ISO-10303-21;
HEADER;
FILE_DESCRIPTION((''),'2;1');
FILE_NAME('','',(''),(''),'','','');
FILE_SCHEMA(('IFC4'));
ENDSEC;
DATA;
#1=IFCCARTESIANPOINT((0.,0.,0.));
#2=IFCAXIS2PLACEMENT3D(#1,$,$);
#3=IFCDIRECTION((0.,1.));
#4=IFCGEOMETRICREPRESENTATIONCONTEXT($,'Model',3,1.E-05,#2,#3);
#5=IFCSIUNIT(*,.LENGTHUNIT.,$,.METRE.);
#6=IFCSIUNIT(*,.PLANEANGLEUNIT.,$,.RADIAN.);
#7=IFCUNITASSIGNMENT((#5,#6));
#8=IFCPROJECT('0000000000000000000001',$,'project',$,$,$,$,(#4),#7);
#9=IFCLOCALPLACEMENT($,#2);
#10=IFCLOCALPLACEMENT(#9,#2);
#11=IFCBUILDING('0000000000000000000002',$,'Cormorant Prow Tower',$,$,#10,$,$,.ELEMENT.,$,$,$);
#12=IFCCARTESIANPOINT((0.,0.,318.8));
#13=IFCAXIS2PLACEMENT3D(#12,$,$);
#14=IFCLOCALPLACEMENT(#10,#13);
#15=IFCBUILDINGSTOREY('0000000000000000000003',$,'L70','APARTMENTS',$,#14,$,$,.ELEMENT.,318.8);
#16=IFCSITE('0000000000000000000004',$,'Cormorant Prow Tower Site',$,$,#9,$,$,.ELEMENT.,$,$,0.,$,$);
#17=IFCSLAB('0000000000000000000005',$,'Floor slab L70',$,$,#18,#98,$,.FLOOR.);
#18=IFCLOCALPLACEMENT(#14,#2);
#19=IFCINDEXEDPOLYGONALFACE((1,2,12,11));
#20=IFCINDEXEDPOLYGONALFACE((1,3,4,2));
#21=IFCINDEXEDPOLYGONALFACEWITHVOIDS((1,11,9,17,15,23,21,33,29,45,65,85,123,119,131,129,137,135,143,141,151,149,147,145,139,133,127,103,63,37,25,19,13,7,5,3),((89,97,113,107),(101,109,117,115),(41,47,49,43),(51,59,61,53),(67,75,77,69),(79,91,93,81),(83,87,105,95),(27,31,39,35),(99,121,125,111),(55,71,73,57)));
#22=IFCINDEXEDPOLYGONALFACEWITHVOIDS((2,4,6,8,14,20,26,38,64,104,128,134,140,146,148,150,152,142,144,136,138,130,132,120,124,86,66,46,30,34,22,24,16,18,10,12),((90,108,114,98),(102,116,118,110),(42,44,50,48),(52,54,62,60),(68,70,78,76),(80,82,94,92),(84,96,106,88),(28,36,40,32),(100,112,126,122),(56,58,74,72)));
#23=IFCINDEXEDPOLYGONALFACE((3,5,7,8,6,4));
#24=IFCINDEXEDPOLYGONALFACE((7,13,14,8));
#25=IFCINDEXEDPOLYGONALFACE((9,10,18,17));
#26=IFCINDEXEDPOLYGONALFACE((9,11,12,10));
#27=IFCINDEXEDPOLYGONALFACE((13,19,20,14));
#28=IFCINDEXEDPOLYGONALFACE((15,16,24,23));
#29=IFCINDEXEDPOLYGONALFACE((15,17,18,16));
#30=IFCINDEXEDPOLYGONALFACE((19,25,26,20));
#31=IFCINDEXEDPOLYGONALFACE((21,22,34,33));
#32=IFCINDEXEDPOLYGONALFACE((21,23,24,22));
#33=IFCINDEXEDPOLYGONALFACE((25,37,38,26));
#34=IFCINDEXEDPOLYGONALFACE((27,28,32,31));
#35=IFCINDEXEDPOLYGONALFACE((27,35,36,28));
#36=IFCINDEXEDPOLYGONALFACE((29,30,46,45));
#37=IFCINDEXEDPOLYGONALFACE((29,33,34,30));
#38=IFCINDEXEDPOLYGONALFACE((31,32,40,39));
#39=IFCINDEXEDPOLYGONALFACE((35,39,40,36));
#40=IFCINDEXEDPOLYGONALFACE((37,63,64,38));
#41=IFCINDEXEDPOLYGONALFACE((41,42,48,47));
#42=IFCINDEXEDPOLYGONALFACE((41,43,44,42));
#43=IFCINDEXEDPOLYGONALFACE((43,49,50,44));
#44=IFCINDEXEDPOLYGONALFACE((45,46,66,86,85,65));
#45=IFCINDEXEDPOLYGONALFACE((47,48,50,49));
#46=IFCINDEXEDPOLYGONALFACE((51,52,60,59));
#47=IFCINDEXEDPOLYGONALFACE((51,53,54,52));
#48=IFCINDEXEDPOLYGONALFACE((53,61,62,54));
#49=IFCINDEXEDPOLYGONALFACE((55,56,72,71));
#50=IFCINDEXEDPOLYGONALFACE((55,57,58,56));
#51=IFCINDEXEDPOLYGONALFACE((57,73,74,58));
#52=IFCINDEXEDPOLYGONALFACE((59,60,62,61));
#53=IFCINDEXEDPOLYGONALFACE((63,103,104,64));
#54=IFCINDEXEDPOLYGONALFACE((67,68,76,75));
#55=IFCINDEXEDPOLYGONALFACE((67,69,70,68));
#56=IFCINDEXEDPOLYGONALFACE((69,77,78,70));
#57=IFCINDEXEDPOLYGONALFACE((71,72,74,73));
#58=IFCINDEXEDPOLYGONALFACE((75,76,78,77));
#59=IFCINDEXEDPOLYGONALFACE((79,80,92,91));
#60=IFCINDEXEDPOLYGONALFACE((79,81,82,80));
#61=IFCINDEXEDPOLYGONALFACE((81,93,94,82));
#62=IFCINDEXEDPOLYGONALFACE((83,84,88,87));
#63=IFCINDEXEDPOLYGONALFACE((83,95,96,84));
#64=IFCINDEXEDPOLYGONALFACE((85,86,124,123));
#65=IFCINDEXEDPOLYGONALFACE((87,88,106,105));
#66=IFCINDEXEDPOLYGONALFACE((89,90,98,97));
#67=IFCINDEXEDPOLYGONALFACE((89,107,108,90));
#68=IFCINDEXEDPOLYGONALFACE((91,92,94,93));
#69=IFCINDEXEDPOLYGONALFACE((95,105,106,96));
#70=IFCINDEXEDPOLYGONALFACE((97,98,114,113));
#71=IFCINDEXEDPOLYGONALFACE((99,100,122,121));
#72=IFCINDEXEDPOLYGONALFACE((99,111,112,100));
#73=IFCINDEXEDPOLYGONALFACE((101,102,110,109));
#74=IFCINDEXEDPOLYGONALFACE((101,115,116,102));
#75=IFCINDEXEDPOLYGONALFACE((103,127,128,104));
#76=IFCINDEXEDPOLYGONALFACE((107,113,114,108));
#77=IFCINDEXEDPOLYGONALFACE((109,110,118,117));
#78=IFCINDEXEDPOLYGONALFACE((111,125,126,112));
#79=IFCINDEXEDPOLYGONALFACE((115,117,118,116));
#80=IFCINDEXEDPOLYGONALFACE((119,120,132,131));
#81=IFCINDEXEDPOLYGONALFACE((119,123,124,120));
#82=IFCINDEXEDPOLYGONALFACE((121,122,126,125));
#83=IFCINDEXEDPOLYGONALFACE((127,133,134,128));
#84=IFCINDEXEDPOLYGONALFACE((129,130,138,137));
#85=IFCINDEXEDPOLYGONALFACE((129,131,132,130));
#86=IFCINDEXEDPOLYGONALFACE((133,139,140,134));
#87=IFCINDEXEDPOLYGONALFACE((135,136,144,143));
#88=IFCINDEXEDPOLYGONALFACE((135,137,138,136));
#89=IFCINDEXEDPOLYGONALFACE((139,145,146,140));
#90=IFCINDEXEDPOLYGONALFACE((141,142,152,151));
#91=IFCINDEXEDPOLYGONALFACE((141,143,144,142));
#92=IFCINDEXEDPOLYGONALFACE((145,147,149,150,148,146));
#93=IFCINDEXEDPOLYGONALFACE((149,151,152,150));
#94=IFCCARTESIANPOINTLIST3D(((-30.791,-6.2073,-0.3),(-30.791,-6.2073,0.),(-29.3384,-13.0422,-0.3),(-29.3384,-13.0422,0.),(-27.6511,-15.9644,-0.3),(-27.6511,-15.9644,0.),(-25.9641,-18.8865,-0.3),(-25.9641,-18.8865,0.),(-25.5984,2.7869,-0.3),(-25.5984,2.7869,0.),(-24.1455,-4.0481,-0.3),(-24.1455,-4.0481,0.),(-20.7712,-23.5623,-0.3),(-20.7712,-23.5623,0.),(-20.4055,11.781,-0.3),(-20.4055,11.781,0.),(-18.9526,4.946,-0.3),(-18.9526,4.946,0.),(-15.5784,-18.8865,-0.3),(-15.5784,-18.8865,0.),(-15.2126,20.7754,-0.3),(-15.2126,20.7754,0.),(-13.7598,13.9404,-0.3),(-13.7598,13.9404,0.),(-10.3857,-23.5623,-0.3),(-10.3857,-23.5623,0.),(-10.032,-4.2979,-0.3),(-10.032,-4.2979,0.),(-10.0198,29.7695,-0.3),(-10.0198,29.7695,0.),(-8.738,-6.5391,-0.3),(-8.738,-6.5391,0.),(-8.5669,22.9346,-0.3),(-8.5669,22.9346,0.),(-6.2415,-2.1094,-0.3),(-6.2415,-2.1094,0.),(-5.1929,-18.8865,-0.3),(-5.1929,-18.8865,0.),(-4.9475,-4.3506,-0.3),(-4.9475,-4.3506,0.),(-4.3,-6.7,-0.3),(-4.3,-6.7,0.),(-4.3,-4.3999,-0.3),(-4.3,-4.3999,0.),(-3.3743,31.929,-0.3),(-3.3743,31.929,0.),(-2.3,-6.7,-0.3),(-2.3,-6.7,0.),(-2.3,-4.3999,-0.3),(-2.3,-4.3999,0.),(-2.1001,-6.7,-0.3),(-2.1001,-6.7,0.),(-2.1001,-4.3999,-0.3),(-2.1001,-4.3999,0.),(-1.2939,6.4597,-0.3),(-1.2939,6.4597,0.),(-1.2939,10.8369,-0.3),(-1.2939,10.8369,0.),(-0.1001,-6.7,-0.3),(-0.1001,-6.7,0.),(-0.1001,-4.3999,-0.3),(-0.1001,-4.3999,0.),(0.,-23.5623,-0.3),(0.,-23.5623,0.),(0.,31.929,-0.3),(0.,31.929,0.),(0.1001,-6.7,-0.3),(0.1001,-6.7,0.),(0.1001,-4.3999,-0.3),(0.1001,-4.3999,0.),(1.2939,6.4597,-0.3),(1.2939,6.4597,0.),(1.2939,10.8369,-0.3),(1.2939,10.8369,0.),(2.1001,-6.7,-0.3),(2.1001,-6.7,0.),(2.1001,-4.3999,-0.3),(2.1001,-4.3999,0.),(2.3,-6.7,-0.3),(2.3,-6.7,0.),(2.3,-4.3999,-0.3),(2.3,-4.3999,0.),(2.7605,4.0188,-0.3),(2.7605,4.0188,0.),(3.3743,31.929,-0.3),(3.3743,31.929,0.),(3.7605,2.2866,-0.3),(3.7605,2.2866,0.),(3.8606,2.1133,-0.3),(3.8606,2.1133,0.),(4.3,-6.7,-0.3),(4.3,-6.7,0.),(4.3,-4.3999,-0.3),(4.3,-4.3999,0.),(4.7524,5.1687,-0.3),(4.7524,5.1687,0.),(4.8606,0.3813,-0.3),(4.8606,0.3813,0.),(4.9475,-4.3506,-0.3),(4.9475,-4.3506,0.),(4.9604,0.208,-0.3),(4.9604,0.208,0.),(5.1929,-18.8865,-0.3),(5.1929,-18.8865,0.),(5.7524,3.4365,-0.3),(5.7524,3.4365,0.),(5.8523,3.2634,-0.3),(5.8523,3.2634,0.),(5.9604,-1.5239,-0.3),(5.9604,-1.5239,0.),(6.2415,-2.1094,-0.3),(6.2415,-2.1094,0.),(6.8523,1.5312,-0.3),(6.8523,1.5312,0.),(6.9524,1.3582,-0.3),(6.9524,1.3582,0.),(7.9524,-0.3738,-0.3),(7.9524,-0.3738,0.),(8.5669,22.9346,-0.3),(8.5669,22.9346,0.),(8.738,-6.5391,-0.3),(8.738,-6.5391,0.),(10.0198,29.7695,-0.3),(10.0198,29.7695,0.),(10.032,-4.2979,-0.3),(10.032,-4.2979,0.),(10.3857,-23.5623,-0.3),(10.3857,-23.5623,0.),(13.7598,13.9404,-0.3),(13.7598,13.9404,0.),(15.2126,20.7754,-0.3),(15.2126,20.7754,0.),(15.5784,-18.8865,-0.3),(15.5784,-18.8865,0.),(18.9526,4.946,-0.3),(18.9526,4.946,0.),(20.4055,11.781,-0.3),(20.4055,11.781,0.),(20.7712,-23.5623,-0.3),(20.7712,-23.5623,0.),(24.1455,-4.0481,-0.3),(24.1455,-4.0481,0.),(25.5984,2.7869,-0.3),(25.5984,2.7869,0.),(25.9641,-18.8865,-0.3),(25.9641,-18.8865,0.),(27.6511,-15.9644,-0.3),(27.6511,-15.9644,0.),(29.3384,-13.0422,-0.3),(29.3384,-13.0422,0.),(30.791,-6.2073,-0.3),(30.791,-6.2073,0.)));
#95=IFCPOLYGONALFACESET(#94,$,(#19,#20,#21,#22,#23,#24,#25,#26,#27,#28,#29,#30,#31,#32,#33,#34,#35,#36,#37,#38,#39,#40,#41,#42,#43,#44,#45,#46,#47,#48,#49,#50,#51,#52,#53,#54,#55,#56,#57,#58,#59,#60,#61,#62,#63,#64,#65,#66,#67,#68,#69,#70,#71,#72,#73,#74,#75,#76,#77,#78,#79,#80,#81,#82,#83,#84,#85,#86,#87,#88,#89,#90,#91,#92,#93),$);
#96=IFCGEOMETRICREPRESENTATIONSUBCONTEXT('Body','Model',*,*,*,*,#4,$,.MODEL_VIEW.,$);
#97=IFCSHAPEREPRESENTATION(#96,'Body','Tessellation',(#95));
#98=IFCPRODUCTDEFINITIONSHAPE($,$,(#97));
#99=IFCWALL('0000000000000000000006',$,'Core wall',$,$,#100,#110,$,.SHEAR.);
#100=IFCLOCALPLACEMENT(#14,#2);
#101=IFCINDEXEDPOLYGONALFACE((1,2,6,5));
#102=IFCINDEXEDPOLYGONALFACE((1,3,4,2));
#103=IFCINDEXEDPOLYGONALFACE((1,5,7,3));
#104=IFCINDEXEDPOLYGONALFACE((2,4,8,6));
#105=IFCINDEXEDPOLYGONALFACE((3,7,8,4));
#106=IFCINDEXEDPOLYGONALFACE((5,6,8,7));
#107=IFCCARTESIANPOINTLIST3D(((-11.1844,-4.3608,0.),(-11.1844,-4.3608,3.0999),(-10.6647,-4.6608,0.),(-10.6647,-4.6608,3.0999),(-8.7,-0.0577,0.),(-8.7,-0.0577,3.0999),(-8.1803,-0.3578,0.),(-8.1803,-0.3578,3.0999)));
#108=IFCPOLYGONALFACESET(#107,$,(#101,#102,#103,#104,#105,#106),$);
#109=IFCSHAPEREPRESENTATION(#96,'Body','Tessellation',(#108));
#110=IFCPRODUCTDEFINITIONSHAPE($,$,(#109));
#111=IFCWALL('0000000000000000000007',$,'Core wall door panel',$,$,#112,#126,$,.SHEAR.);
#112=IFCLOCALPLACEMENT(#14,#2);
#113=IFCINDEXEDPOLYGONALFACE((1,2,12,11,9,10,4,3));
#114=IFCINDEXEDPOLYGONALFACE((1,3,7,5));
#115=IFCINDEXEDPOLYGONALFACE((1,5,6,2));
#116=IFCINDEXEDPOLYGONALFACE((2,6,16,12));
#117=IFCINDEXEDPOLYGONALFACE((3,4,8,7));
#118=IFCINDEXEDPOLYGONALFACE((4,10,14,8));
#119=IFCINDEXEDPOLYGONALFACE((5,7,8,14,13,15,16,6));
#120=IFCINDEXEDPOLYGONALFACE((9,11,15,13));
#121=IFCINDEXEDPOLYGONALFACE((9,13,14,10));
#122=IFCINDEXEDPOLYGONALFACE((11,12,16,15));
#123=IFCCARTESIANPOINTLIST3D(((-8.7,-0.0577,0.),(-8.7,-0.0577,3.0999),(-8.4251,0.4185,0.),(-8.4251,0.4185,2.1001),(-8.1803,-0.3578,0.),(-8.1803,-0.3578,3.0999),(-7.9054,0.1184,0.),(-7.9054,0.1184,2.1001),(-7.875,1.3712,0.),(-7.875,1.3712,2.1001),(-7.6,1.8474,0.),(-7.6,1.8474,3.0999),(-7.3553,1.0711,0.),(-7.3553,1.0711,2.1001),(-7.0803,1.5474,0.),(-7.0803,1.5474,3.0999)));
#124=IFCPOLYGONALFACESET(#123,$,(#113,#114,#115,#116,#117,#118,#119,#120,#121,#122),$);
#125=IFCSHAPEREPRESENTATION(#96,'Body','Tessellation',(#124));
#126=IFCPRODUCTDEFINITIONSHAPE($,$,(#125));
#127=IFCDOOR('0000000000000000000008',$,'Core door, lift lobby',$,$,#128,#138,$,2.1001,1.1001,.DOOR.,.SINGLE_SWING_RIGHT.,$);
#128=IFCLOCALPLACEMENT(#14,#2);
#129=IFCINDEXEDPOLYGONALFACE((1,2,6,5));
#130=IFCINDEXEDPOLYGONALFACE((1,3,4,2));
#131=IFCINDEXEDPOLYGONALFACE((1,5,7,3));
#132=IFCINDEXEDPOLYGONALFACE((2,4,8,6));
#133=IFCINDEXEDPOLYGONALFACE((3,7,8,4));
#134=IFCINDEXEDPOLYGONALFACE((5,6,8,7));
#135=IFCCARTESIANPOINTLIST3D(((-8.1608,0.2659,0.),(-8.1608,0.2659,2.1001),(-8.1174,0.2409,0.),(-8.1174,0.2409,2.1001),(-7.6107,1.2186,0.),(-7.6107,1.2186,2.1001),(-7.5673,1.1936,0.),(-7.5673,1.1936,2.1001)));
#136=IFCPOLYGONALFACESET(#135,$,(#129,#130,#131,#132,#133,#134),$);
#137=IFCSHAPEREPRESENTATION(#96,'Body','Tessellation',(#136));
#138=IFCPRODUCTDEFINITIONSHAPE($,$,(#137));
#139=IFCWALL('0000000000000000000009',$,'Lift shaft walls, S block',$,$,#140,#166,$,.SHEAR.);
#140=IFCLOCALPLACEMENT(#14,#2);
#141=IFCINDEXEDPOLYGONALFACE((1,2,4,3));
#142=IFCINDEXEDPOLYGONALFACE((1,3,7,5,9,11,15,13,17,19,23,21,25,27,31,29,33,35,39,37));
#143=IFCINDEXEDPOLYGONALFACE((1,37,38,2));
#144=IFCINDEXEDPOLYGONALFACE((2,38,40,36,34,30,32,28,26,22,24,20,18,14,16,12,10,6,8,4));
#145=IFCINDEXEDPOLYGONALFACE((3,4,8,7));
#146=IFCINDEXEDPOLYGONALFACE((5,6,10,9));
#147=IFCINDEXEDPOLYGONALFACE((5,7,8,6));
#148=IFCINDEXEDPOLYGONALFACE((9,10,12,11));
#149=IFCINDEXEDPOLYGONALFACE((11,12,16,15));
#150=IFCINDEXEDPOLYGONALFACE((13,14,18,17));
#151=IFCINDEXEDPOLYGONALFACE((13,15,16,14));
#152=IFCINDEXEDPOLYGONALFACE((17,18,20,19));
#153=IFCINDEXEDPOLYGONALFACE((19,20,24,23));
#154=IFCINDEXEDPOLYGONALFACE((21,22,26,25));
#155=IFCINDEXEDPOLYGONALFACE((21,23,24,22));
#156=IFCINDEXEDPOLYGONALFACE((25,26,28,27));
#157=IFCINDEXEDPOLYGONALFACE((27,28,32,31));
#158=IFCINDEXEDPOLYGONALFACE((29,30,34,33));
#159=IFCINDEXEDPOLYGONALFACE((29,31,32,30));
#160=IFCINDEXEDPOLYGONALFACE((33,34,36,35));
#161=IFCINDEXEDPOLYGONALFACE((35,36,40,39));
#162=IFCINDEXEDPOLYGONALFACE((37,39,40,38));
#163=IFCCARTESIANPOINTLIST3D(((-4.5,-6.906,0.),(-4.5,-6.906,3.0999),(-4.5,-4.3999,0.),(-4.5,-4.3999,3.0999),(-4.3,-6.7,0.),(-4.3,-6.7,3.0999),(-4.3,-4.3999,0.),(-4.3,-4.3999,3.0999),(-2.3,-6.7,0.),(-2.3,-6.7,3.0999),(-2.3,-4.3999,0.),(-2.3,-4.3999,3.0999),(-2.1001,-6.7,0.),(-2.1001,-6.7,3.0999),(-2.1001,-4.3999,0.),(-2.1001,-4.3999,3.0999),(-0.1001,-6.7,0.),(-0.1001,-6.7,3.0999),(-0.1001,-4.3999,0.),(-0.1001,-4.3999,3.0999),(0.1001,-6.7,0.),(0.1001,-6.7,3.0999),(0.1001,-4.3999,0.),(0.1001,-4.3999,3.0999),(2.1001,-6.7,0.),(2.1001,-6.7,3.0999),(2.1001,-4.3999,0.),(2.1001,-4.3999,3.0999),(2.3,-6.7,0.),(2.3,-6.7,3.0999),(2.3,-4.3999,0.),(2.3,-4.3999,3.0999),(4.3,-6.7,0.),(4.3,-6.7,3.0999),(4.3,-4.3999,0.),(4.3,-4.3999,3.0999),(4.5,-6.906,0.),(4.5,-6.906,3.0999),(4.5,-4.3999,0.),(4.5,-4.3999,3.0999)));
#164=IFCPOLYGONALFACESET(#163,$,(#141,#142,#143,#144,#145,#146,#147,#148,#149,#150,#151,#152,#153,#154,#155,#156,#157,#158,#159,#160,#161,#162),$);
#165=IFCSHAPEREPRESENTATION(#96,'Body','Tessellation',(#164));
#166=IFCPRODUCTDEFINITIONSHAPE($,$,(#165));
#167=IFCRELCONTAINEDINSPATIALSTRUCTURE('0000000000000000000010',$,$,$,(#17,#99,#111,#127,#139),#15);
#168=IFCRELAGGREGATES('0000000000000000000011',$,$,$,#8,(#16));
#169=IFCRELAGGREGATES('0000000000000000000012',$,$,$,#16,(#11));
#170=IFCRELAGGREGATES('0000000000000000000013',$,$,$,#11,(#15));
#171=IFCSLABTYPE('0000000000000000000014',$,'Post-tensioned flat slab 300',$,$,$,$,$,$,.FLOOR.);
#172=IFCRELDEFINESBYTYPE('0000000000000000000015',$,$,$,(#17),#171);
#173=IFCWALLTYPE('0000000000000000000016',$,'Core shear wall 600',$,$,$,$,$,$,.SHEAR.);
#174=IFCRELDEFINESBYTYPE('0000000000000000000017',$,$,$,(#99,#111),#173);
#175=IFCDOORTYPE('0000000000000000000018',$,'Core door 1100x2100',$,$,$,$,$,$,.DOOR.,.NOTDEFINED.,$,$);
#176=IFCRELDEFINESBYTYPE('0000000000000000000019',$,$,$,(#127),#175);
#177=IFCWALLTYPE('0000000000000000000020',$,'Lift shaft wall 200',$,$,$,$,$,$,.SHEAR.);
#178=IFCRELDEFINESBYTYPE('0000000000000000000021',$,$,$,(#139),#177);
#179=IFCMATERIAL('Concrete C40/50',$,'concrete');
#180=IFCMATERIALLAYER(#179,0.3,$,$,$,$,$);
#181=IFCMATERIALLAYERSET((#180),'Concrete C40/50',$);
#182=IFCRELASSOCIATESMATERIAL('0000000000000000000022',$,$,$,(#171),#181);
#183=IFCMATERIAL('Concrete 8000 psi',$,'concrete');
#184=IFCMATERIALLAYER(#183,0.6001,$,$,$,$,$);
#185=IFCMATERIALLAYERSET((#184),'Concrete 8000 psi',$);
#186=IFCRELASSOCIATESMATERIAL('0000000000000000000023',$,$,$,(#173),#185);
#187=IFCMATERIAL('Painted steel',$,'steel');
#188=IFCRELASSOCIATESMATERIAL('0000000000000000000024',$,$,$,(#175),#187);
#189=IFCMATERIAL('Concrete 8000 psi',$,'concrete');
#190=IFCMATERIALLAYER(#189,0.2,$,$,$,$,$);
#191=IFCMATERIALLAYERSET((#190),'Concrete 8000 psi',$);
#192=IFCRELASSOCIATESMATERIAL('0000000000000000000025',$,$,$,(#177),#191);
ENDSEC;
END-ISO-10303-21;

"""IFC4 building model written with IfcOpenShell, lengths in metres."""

from ifc_helpers import new_model, si_unit, direction, frame, frame_2d, origin, place, context, subcontext, project, spatial, polyline, rectangle, outline, extrude, material, layer, layer_set, type_object, element, fill, save


model = new_model("IFC4")

# Units and contexts
model_context = context("Model", 3, precision=1e-05, world=origin(), true_north=direction((0.0, 1.0)))
body_context = subcontext(model_context, "Body", "Model", "MODEL_VIEW")
ifc_project = project(units=[si_unit("LENGTHUNIT", "METRE"), si_unit("PLANEANGLEUNIT", "RADIAN")], contexts=[model_context])

# Site, building, storey
site_placement = place(None, origin())
site = spatial("IfcSite", under=ifc_project, at=site_placement, Name="Cormorant Prow Tower Site", CompositionType="ELEMENT", RefElevation=0.0)
building_placement = place(site_placement, origin())
building = spatial("IfcBuilding", under=site, at=building_placement, Name="Cormorant Prow Tower", CompositionType="ELEMENT")
storey_placement = place(building_placement, frame((0.0, 0.0, 318.8)))
storey = spatial("IfcBuildingStorey", under=building, at=storey_placement, Name="L70", Description="APARTMENTS", CompositionType="ELEMENT", Elevation=318.8)

# Slab
ifc_material_1 = material(Name="Concrete C40/50", Category="concrete")
ifc_layer_1 = layer(ifc_material_1, 0.3)
ifc_layer_set_1 = layer_set([ifc_layer_1], Name="Concrete C40/50")
slab_type_1 = type_object("IfcSlabType", Name="Post-tensioned flat slab 300", PredefinedType="FLOOR", material=ifc_layer_set_1)
slab_1_placement = place(storey_placement, frame((0.0, 0.0, -0.3)))
element("IfcSlab", 1, at=slab_1_placement, inside=storey, type_object=slab_type_1, Name="Floor slab L70", PredefinedType="FLOOR", context=body_context, shape_type="SweptSolid", body=[
    extrude(outline(polyline([(-8.5669, 22.9346), (-15.2126, 20.7754), (-13.7598, 13.9404), (-20.4055, 11.781), (-18.9526, 4.946), (-25.5984, 2.7869), (-24.1455, -4.0481), (-30.791, -6.2073), (-29.3384, -13.0422), (-27.6511, -15.9644), (-25.9641, -18.8865), (-20.7712, -23.5623), (-15.5784, -18.8865), (-10.3857, -23.5623), (-5.1929, -18.8865), (0.0, -23.5623), (5.1929, -18.8865), (10.3857, -23.5623), (15.5784, -18.8865), (20.7712, -23.5623), (25.9641, -18.8865), (27.6511, -15.9644), (29.3384, -13.0422), (30.791, -6.2073), (24.1455, -4.0481), (25.5984, 2.7869), (18.9526, 4.946), (20.4055, 11.781), (13.7598, 13.9404), (15.2126, 20.7754), (8.5669, 22.9346), (10.0198, 29.7695), (3.3743, 31.929), (0.0, 31.929), (-3.3743, 31.929), (-10.0198, 29.7695), (-8.5669, 22.9346)]), holes=[polyline([(-4.3, -4.3999), (-2.3, -4.3999), (-2.3, -6.7), (-4.3, -6.7), (-4.3, -4.3999)]), polyline([(-0.1001, -4.3999), (-0.1001, -6.7), (-2.1001, -6.7), (-2.1001, -4.3999), (-0.1001, -4.3999)]), polyline([(2.1001, -6.7), (0.1001, -6.7), (0.1001, -4.3999), (2.1001, -4.3999), (2.1001, -6.7)]), polyline([(2.3, -6.7), (2.3, -4.3999), (4.3, -4.3999), (4.3, -6.7), (2.3, -6.7)]), polyline([(5.9604, -1.5239), (4.9604, 0.208), (6.9524, 1.3582), (7.9524, -0.3738), (5.9604, -1.5239)]), polyline([(3.8606, 2.1133), (5.8523, 3.2634), (6.8523, 1.5312), (4.8606, 0.3813), (3.8606, 2.1133)]), polyline([(4.7524, 5.1687), (5.7524, 3.4365), (3.7605, 2.2866), (2.7605, 4.0188), (4.7524, 5.1687)]), polyline([(-4.9475, -4.3506), (-8.738, -6.5391), (-10.032, -4.2979), (-6.2415, -2.1094), (-4.9475, -4.3506)]), polyline([(10.032, -4.2979), (8.738, -6.5391), (4.9475, -4.3506), (6.2415, -2.1094), (10.032, -4.2979)]), polyline([(1.2939, 10.8369), (1.2939, 6.4597), (-1.2939, 6.4597), (-1.2939, 10.8369), (1.2939, 10.8369)])]), origin(), (0.0, 0.0, 1.0), 0.3),
])

# Wall
ifc_material_2 = material(Name="Concrete 8000 psi", Category="concrete")
ifc_layer_2 = layer(ifc_material_2, 0.6001)
ifc_layer_set_2 = layer_set([ifc_layer_2], Name="Concrete 8000 psi")
wall_type_1 = type_object("IfcWallType", Name="Core shear wall 600", PredefinedType="SHEAR", material=ifc_layer_set_2)
wall_1_placement = place(storey_placement, frame((-8.4402, -0.2078, 0.0), z_axis=(0.0, 0.0, 1.0), x_axis=(-0.500007, -0.866021, 0.0)))
element("IfcWall", 2, at=wall_1_placement, inside=storey, type_object=wall_type_1, Name="Core wall", PredefinedType="SHEAR", context=body_context, shape_type="SweptSolid", body=[
    extrude(rectangle(XDim=4.9688, YDim=0.6001, at=frame_2d((2.4844, 0.0))), origin(), (0.0, 0.0, 1.0), 3.0999),
])

# Wall, opening, door
wall_2_placement = place(storey_placement, frame((-7.3401, 1.6975, 0.0), z_axis=(0.0, 0.0, 1.0), x_axis=(-0.50003, -0.866008, 0.0)))
wall_2 = element("IfcWall", 3, at=wall_2_placement, inside=storey, type_object=wall_type_1, Name="Core wall door panel", PredefinedType="SHEAR", context=body_context, shape_type="SweptSolid", body=[
    extrude(rectangle(XDim=2.2, YDim=0.6001, at=frame_2d((1.1001, 0.0))), origin(), (0.0, 0.0, 1.0), 3.0999),
])
opening_1_placement = place(wall_2_placement, frame((0.55, 0.0, 0.0)))
opening_1 = element("IfcOpeningElement", 4, at=opening_1_placement, cuts=wall_2, PredefinedType="OPENING", context=body_context, shape_type="SweptSolid", body=[
    extrude(rectangle(XDim=1.1001, YDim=2.1001, at=frame_2d((0.55, 1.05))), frame((0.0, 0.3101, 0.0), z_axis=(0.0, -1.0, 0.0), x_axis=(1.0, 0.0, 0.0)), (0.0, 0.0, 1.0), 0.6201),
])
ifc_material_3 = material(Name="Painted steel", Category="steel")
door_type_1 = type_object("IfcDoorType", Name="Core door 1100x2100", OperationType="NOTDEFINED", PredefinedType="DOOR", material=ifc_material_3)
door_1_placement = place(opening_1_placement, origin())
door_1 = element("IfcDoor", 5, at=door_1_placement, inside=storey, type_object=door_type_1, Name="Core door, lift lobby", OperationType="SINGLE_SWING_RIGHT", OverallHeight=2.1001, OverallWidth=1.1001, PredefinedType="DOOR", context=body_context, shape_type="SweptSolid", body=[
    extrude(rectangle(XDim=1.1001, YDim=2.1001, at=frame_2d((0.55, 1.05))), frame((0.0, 0.0552, 0.0), z_axis=(0.0, -1.0, 0.0), x_axis=(1.0, 0.0, 0.0)), (0.0, 0.0, 1.0), 0.05),
])
fill(opening_1, door_1)

# Wall
ifc_material_4 = material(Name="Concrete 8000 psi", Category="concrete")
ifc_layer_3 = layer(ifc_material_4, 0.2)
ifc_layer_set_3 = layer_set([ifc_layer_3], Name="Concrete 8000 psi")
wall_type_2 = type_object("IfcWallType", Name="Lift shaft wall 200", PredefinedType="SHEAR", material=ifc_layer_set_3)
wall_3_placement = place(storey_placement, origin())
element("IfcWall", 6, at=wall_3_placement, inside=storey, type_object=wall_type_2, Name="Lift shaft walls, S block", PredefinedType="SHEAR", context=body_context, shape_type="SweptSolid", body=[
    extrude(outline(polyline([(4.5, -4.3999), (4.5, -6.906), (-4.5, -6.906), (-4.5, -4.3999), (-4.3, -4.3999), (-4.3, -6.7), (-2.3, -6.7), (-2.3, -4.3999), (-2.1001, -4.3999), (-2.1001, -6.7), (-0.1001, -6.7), (-0.1001, -4.3999), (0.1001, -4.3999), (0.1001, -6.7), (2.1001, -6.7), (2.1001, -4.3999), (2.3, -4.3999), (2.3, -6.7), (4.3, -6.7), (4.3, -4.3999), (4.5, -4.3999)])), origin(), (0.0, 0.0, 1.0), 3.0999),
])

save(model, "model.ifc")
